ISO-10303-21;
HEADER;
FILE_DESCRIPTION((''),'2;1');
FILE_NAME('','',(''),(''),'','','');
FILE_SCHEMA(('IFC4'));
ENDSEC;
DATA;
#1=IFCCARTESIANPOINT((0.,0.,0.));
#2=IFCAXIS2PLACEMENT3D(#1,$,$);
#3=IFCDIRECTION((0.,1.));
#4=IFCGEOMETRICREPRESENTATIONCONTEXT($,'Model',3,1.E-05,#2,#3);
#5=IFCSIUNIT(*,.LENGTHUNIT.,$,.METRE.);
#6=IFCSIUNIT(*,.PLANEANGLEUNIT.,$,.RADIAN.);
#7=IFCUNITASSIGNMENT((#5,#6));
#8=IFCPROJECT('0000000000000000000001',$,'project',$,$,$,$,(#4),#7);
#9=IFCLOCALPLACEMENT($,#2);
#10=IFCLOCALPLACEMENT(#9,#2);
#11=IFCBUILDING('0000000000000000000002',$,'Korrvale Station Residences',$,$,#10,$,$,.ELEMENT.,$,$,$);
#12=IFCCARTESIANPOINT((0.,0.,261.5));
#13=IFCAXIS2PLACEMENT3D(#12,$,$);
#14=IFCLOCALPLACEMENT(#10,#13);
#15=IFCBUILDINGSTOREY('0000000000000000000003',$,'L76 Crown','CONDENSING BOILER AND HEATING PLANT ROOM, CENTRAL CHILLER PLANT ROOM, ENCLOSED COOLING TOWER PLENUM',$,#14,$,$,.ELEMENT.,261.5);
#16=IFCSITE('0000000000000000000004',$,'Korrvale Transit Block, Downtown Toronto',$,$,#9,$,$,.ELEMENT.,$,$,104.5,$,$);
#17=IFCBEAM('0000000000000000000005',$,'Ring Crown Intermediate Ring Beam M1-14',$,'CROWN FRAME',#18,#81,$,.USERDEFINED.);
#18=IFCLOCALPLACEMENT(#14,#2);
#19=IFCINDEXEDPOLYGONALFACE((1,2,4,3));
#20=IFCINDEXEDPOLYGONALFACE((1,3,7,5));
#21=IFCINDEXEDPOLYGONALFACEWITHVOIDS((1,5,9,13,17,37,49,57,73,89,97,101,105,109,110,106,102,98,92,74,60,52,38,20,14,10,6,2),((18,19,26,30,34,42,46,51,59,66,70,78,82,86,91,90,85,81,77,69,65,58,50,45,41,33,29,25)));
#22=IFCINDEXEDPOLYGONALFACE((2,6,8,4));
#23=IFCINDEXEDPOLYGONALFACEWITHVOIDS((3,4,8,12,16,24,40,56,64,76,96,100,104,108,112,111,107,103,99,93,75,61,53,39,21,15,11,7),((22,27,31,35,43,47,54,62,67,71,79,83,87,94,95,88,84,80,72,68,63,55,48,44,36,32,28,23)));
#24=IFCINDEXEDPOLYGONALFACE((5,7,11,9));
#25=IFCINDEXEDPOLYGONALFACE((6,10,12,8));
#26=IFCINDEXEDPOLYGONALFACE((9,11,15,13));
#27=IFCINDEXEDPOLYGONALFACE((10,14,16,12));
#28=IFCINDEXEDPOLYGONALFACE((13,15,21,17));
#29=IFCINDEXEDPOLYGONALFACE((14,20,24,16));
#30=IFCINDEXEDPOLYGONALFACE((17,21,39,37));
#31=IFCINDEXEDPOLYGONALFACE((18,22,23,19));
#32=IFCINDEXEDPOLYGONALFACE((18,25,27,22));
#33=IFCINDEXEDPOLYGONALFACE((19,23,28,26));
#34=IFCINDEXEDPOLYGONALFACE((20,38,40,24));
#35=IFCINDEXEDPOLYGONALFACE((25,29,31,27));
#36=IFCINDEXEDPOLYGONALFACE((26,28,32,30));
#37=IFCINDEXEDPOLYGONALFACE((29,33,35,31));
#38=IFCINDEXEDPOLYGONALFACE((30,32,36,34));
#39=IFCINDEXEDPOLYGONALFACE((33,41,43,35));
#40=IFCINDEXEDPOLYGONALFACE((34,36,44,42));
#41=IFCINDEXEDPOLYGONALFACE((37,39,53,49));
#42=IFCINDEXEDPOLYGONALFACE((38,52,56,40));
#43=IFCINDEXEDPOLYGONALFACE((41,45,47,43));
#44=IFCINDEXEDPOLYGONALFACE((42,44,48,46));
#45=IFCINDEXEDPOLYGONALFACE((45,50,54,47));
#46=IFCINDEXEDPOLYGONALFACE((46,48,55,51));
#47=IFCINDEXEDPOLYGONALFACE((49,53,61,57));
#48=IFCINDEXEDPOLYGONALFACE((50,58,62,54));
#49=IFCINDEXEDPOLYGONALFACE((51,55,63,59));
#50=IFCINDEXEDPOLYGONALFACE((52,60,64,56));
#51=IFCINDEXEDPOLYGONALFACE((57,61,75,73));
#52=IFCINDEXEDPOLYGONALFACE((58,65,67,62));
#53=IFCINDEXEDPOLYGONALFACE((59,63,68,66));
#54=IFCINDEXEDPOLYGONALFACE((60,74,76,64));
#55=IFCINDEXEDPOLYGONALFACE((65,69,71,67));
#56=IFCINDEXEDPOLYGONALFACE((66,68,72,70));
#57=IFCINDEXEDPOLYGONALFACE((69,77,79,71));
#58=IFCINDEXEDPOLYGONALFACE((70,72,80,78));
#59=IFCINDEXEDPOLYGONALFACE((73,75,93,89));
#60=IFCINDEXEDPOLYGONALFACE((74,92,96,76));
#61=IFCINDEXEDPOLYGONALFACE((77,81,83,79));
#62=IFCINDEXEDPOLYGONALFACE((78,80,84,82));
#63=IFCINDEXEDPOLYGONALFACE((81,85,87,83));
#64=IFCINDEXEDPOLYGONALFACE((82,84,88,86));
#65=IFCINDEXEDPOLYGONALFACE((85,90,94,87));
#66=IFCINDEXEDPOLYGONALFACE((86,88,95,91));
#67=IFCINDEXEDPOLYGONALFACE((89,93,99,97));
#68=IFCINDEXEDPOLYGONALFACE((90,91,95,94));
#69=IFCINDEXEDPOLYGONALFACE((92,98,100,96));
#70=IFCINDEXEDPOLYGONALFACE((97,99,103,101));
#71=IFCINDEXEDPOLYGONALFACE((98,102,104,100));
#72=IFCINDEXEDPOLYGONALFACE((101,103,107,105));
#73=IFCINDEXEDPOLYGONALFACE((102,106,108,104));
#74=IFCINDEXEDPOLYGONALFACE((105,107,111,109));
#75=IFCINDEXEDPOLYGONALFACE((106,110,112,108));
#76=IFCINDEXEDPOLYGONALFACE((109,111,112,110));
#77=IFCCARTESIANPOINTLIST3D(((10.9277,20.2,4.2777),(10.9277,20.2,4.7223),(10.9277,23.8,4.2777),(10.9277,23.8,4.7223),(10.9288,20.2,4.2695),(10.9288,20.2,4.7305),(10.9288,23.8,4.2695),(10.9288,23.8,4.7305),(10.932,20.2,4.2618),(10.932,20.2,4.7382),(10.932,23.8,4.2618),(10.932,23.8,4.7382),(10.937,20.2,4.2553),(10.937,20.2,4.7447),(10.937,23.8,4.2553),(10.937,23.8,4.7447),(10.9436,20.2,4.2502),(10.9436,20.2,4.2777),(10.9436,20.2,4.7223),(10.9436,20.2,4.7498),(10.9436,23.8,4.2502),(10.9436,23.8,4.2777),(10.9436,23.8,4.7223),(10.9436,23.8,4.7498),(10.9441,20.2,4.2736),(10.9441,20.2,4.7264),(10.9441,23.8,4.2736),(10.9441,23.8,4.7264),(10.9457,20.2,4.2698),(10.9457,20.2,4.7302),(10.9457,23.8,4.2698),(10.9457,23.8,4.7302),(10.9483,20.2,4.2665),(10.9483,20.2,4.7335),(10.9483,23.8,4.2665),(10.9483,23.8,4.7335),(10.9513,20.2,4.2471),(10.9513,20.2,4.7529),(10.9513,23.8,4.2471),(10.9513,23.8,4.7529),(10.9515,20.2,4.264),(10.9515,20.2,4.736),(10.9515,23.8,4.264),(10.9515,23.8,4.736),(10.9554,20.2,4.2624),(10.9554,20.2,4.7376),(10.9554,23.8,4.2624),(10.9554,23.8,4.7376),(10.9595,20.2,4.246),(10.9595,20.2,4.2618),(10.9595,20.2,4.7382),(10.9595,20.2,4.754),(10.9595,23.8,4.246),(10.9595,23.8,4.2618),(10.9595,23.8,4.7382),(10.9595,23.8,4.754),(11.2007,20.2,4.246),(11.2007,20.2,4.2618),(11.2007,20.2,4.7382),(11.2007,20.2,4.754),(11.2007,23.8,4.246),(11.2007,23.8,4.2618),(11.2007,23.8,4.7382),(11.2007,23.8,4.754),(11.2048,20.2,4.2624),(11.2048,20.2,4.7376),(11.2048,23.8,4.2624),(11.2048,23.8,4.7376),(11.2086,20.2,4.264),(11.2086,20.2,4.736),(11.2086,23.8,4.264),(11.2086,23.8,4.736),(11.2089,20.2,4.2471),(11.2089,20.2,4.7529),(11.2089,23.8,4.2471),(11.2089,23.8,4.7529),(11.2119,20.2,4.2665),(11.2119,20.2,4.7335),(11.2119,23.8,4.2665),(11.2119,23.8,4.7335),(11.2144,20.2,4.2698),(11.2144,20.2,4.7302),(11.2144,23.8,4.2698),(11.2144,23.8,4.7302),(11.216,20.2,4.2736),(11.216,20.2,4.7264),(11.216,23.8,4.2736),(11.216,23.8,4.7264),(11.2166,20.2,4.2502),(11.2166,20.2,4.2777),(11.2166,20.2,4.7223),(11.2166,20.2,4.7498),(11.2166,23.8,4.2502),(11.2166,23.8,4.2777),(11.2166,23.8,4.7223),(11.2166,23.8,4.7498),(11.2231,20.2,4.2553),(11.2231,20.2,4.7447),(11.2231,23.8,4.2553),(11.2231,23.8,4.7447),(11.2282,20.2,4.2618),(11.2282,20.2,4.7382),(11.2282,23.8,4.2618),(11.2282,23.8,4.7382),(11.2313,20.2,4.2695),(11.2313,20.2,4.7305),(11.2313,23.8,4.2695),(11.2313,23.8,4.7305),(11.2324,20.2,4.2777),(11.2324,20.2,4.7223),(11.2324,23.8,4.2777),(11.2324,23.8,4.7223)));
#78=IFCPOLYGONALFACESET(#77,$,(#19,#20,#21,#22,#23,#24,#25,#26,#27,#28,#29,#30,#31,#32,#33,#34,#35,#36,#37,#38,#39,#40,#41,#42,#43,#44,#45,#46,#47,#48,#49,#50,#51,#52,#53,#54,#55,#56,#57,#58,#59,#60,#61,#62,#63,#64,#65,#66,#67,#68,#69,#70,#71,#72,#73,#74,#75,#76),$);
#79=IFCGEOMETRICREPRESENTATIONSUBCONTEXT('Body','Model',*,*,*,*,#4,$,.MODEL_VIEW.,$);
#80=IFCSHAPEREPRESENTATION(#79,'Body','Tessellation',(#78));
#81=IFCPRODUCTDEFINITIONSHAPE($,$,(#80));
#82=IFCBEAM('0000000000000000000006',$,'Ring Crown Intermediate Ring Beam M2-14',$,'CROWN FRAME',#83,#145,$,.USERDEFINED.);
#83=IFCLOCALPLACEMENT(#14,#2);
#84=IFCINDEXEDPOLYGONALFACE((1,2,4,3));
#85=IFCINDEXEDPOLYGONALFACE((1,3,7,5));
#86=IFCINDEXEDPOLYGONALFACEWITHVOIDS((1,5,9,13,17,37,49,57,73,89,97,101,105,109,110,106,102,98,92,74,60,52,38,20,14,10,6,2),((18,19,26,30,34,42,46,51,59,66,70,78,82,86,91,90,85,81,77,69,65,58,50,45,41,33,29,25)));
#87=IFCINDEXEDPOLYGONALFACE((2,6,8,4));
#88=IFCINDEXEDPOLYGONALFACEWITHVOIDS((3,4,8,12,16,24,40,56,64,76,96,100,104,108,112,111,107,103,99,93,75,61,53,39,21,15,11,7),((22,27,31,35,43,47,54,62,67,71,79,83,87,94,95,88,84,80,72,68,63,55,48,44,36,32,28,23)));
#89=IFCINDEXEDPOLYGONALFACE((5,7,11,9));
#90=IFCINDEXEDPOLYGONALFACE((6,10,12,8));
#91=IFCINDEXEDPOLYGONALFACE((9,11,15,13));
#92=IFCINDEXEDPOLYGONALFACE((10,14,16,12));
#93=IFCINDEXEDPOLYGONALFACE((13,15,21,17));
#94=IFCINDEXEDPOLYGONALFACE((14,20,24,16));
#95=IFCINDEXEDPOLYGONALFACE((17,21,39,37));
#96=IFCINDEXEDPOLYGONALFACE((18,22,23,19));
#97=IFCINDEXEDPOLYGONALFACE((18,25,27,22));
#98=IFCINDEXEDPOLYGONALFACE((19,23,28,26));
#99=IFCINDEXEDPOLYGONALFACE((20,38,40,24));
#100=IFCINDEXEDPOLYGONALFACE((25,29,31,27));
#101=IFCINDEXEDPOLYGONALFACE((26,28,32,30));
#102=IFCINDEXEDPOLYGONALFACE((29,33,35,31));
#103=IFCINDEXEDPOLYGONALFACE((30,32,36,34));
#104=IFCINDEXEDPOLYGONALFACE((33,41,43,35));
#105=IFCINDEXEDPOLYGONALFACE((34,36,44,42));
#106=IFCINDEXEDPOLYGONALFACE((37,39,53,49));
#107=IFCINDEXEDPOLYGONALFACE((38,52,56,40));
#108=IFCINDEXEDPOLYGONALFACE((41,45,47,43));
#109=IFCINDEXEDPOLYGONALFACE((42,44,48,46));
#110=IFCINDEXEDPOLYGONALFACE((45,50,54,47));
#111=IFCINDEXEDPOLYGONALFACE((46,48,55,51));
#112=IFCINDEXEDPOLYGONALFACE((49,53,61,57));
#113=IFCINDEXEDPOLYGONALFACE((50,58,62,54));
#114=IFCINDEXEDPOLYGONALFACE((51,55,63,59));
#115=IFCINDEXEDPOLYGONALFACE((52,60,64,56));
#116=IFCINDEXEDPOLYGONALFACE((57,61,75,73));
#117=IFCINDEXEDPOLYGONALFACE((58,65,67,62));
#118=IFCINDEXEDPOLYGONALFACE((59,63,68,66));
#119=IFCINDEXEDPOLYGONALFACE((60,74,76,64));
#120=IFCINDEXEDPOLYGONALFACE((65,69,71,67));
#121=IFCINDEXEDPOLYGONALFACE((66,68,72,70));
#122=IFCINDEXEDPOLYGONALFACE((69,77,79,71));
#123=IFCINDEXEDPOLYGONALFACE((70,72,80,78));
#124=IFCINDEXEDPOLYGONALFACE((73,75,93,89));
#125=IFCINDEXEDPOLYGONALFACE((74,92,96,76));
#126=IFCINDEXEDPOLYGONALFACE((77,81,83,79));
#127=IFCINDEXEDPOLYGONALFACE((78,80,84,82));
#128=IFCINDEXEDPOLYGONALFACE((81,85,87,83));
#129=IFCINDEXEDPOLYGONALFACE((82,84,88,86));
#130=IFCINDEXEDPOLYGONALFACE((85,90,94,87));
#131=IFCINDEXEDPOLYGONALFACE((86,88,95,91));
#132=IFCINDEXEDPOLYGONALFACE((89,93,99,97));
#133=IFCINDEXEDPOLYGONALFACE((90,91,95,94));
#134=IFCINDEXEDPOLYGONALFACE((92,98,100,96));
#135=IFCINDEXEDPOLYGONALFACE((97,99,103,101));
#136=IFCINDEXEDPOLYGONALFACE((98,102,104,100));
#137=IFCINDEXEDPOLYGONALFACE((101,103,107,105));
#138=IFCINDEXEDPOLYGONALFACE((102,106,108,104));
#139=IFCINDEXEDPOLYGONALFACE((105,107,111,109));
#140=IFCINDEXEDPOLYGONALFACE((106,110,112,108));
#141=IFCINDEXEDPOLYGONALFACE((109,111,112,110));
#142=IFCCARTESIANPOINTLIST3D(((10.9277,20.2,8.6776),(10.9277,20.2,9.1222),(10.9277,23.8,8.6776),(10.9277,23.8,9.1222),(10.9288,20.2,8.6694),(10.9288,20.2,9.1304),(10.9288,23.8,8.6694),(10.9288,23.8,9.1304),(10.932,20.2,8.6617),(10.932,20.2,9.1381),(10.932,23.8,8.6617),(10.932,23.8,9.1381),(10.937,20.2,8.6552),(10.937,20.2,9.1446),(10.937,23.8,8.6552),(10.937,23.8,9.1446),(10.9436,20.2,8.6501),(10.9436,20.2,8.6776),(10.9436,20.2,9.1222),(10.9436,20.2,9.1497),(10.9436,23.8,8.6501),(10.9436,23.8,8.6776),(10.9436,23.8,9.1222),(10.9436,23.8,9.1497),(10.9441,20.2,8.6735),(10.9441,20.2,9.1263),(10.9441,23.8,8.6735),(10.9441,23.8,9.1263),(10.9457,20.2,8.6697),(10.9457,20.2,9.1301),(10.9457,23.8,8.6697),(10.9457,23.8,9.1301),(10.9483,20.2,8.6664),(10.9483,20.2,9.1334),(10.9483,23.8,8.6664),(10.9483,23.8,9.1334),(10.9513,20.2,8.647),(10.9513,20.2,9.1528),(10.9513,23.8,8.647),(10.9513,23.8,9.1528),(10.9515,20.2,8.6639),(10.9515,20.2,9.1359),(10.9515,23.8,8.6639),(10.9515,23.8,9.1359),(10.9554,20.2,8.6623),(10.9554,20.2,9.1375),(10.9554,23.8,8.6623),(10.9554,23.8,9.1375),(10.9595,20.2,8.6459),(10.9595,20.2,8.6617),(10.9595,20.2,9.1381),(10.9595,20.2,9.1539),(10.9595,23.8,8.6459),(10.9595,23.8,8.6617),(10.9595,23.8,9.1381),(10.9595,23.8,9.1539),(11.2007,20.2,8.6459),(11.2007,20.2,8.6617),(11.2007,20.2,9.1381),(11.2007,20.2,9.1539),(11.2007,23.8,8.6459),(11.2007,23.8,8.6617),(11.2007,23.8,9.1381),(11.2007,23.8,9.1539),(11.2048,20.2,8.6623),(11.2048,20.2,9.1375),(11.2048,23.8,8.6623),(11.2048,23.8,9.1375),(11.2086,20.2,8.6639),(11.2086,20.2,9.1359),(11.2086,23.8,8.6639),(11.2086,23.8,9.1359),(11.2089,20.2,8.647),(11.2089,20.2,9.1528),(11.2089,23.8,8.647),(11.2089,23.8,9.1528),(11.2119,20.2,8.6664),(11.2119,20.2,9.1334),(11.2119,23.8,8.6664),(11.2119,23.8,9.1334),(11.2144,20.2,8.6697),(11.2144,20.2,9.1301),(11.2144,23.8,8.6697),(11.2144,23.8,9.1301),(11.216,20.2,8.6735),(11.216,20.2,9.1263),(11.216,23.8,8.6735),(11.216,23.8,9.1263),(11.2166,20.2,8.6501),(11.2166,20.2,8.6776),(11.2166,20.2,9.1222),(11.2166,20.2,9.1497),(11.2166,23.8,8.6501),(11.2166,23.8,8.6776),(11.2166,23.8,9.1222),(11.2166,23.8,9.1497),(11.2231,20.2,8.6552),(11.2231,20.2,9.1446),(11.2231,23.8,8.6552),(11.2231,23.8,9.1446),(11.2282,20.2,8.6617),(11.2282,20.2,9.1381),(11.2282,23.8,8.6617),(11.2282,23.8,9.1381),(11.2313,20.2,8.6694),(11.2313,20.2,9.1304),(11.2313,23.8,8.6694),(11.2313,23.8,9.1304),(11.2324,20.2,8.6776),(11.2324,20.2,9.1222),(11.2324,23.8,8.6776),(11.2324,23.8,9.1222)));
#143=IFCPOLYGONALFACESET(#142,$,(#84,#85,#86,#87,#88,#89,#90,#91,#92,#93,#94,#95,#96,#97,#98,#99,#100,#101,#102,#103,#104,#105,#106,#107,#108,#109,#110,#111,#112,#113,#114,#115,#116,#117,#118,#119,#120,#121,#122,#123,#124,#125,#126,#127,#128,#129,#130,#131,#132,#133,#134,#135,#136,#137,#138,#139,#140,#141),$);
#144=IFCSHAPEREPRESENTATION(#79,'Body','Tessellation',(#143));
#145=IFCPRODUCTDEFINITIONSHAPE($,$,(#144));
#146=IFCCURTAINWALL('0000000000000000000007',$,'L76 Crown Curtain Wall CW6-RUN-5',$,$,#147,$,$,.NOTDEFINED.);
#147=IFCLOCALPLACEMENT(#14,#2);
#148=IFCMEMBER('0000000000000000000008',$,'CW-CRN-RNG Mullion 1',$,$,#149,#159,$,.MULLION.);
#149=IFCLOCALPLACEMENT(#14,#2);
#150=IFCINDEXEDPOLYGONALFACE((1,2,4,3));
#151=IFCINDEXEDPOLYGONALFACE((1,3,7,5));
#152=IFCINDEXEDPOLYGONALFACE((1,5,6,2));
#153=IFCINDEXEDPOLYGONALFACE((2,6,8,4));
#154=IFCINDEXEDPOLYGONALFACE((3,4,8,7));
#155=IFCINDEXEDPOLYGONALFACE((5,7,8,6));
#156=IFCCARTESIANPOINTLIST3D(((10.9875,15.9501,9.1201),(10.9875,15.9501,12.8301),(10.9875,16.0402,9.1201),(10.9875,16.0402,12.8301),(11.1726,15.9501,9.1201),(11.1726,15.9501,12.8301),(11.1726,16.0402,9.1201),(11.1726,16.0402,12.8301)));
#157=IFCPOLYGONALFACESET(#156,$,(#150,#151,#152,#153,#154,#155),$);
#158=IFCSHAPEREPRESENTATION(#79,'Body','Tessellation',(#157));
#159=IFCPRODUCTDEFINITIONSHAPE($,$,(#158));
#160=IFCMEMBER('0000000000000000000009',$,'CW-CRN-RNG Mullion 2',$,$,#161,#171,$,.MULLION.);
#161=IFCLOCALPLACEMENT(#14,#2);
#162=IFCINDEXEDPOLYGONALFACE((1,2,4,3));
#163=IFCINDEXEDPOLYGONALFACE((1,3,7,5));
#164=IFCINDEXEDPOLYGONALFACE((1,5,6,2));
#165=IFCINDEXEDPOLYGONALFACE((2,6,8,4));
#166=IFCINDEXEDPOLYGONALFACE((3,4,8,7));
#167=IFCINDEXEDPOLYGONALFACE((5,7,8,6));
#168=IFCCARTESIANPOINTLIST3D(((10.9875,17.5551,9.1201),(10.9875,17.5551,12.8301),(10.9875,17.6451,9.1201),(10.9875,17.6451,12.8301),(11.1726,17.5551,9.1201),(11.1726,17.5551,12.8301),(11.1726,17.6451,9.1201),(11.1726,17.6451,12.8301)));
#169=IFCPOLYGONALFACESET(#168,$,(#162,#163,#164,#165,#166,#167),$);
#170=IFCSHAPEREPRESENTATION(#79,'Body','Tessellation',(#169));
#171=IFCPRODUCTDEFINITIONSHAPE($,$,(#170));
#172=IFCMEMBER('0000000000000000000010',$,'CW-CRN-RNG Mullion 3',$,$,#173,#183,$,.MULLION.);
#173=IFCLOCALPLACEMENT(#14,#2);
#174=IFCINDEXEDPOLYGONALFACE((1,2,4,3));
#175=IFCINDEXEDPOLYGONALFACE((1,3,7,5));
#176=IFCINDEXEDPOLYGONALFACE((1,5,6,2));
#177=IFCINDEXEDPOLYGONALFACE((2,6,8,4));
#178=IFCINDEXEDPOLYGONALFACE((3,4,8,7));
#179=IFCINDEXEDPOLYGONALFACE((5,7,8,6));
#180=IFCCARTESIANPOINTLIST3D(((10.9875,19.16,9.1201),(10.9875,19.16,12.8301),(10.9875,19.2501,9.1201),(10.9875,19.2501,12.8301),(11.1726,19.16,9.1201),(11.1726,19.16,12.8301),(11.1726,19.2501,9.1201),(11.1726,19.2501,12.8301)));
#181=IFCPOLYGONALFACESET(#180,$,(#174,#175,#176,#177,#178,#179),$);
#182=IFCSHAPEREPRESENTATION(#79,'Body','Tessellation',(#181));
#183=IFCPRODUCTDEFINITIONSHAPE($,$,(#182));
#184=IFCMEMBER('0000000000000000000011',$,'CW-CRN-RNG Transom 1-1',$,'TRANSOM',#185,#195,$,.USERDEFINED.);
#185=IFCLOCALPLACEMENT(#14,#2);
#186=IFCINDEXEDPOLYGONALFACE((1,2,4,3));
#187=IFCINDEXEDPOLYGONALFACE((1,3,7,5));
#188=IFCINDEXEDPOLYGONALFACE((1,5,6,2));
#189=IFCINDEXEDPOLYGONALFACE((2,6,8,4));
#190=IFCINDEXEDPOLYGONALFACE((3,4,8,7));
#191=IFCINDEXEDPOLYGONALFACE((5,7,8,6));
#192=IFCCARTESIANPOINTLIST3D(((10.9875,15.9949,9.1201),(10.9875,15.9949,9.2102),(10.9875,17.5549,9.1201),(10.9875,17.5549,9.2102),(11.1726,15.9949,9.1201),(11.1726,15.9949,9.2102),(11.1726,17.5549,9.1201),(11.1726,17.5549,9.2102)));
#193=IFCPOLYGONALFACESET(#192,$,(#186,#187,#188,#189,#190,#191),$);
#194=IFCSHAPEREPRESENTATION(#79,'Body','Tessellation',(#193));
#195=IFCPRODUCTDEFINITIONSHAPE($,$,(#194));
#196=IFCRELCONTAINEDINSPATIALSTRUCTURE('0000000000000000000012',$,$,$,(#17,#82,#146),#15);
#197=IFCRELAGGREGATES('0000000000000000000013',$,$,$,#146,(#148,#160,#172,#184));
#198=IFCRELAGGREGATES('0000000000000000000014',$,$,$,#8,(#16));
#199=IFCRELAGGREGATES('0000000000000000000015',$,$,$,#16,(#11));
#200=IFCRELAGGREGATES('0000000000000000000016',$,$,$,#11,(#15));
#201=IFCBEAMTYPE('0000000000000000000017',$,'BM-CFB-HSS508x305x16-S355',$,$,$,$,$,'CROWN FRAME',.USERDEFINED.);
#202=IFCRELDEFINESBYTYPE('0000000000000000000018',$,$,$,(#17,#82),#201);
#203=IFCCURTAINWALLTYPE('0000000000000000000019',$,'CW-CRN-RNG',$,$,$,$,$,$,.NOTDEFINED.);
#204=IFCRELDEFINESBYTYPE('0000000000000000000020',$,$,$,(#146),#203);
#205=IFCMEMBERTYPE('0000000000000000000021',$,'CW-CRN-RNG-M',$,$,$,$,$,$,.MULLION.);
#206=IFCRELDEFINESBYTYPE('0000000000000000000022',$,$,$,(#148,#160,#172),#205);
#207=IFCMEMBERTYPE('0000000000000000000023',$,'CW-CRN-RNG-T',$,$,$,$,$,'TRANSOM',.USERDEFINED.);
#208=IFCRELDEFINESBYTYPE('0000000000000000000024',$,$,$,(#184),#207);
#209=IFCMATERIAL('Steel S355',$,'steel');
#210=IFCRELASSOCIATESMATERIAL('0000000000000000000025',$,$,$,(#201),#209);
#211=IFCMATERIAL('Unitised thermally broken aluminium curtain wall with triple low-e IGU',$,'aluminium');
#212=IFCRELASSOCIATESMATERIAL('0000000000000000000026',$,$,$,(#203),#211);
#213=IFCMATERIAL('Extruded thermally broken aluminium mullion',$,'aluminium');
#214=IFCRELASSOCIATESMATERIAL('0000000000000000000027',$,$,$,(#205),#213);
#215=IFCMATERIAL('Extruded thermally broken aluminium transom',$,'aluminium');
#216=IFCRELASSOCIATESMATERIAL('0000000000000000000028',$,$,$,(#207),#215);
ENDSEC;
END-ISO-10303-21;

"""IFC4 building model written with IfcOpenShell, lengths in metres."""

from ifc_helpers import new_model, si_unit, direction, frame, origin, origin_2d, place, context, subcontext, project, spatial, rectangle, hollow_rectangle, extrude, material, material_profile, profile_set, type_object, element, aggregate, save


model = new_model("IFC4")

# Units and contexts
model_context = context("Model", 3, precision=1e-05, world=origin(), true_north=direction((0.0, 1.0)))
body_context = subcontext(model_context, "Body", "Model", "MODEL_VIEW")
ifc_project = project(units=[si_unit("LENGTHUNIT", "METRE"), si_unit("PLANEANGLEUNIT", "RADIAN")], contexts=[model_context])

# Site, building, storey
site_placement = place(None, origin())
site = spatial("IfcSite", under=ifc_project, at=site_placement, Name="Korrvale Transit Block, Downtown Toronto", CompositionType="ELEMENT", RefElevation=104.5)
building_placement = place(site_placement, origin())
building = spatial("IfcBuilding", under=site, at=building_placement, Name="Korrvale Station Residences", CompositionType="ELEMENT")
storey_placement = place(building_placement, frame((0.0, 0.0, 261.5)))
storey = spatial("IfcBuildingStorey", under=building, at=storey_placement, Name="L76 Crown", Description="CONDENSING BOILER AND HEATING PLANT ROOM, CENTRAL CHILLER PLANT ROOM, ENCLOSED COOLING TOWER PLENUM", CompositionType="ELEMENT", Elevation=261.5)

# Shared definitions
ifc_material_1 = material(Name="Steel S355", Category="steel")

# Beams
ifc_material_profile_1 = material_profile(ifc_material_1, hollow_rectangle(XDim=0.3047, YDim=0.5081, WallThickness=0.0159, InnerFilletRadius=0.0159, OuterFilletRadius=0.0317, at=origin_2d()), Name="HSS508x305x16")
ifc_profile_set_1 = profile_set([ifc_material_profile_1], Name="Steel S355")
beam_type_1 = type_object("IfcBeamType", Name="BM-CFB-HSS508x305x16-S355", ElementType="CROWN FRAME", PredefinedType="USERDEFINED", material=ifc_profile_set_1)
for number, where, z_axis, x_axis, name in (
    (1, (11.0801, 20.2, 4.5), (0.0, 1.0, 0.0), (-1.0, 0.0, 0.0), "Ring Crown Intermediate Ring Beam M1-14"),
    (2, (11.0801, 20.2, 8.8999), (0.0, 1.0, 0.0), (-1.0, 0.0, 0.0), "Ring Crown Intermediate Ring Beam M2-14"),
):
    element("IfcBeam", number, at=place(storey_placement, frame(where, z_axis=z_axis, x_axis=x_axis)), inside=storey, type_object=beam_type_1, Name=name, ObjectType="CROWN FRAME", PredefinedType="USERDEFINED", context=body_context, shape_type="SweptSolid", body=[
        extrude(hollow_rectangle(XDim=0.3047, YDim=0.5081, WallThickness=0.0159, InnerFilletRadius=0.0159, OuterFilletRadius=0.0317, at=origin_2d()), origin(), (0.0, 0.0, 1.0), 3.6001),
    ])

# Curtain wall, members
ifc_material_2 = material(Name="Unitised thermally broken aluminium curtain wall with triple low-e IGU", Category="aluminium")
curtain_wall_type = type_object("IfcCurtainWallType", Name="CW-CRN-RNG", PredefinedType="NOTDEFINED", material=ifc_material_2)
curtain_wall_placement = place(storey_placement, origin())
curtain_wall = element("IfcCurtainWall", 3, at=curtain_wall_placement, inside=storey, type_object=curtain_wall_type, Name="L76 Crown Curtain Wall CW6-RUN-5", PredefinedType="NOTDEFINED")
ifc_material_3 = material(Name="Extruded thermally broken aluminium mullion", Category="aluminium")
member_type_1 = type_object("IfcMemberType", Name="CW-CRN-RNG-M", PredefinedType="MULLION", material=ifc_material_3)
member_1_placement = place(storey_placement, frame((11.0801, 15.9951, 9.1201), z_axis=(0.0, 0.0, 1.0), x_axis=(0.0, 1.0, 0.0)))
member_1 = element("IfcMember", 4, at=member_1_placement, type_object=member_type_1, Name="CW-CRN-RNG Mullion 1", PredefinedType="MULLION", context=body_context, shape_type="SweptSolid", body=[
    extrude(rectangle(XDim=0.0901, YDim=0.1851, at=origin_2d()), origin(), (0.0, 0.0, 1.0), 3.71),
])
member_2_placement = place(storey_placement, frame((11.0801, 17.6001, 9.1201), z_axis=(0.0, 0.0, 1.0), x_axis=(0.0, 1.0, 0.0)))
member_2 = element("IfcMember", 5, at=member_2_placement, type_object=member_type_1, Name="CW-CRN-RNG Mullion 2", PredefinedType="MULLION", context=body_context, shape_type="SweptSolid", body=[
    extrude(rectangle(XDim=0.0901, YDim=0.1851, at=origin_2d()), origin(), (0.0, 0.0, 1.0), 3.71),
])
member_3_placement = place(storey_placement, frame((11.0801, 19.2051, 9.1201), z_axis=(0.0, 0.0, 1.0), x_axis=(0.0, 1.0, 0.0)))
member_3 = element("IfcMember", 6, at=member_3_placement, type_object=member_type_1, Name="CW-CRN-RNG Mullion 3", PredefinedType="MULLION", context=body_context, shape_type="SweptSolid", body=[
    extrude(rectangle(XDim=0.0901, YDim=0.1851, at=origin_2d()), origin(), (0.0, 0.0, 1.0), 3.71),
])
ifc_material_4 = material(Name="Extruded thermally broken aluminium transom", Category="aluminium")
member_type_2 = type_object("IfcMemberType", Name="CW-CRN-RNG-T", ElementType="TRANSOM", PredefinedType="USERDEFINED", material=ifc_material_4)
member_4_placement = place(storey_placement, frame((11.0801, 16.7749, 9.1201), z_axis=(0.0, 0.0, 1.0), x_axis=(0.0, 1.0, 0.0)))
member_4 = element("IfcMember", 7, at=member_4_placement, type_object=member_type_2, Name="CW-CRN-RNG Transom 1-1", ObjectType="TRANSOM", PredefinedType="USERDEFINED", context=body_context, shape_type="SweptSolid", body=[
    extrude(rectangle(XDim=1.5601, YDim=0.1851, at=origin_2d()), origin(), (0.0, 0.0, 1.0), 0.0901),
])
aggregate(curtain_wall, [member_1, member_2, member_3, member_4])

save(model, "model.ifc")
